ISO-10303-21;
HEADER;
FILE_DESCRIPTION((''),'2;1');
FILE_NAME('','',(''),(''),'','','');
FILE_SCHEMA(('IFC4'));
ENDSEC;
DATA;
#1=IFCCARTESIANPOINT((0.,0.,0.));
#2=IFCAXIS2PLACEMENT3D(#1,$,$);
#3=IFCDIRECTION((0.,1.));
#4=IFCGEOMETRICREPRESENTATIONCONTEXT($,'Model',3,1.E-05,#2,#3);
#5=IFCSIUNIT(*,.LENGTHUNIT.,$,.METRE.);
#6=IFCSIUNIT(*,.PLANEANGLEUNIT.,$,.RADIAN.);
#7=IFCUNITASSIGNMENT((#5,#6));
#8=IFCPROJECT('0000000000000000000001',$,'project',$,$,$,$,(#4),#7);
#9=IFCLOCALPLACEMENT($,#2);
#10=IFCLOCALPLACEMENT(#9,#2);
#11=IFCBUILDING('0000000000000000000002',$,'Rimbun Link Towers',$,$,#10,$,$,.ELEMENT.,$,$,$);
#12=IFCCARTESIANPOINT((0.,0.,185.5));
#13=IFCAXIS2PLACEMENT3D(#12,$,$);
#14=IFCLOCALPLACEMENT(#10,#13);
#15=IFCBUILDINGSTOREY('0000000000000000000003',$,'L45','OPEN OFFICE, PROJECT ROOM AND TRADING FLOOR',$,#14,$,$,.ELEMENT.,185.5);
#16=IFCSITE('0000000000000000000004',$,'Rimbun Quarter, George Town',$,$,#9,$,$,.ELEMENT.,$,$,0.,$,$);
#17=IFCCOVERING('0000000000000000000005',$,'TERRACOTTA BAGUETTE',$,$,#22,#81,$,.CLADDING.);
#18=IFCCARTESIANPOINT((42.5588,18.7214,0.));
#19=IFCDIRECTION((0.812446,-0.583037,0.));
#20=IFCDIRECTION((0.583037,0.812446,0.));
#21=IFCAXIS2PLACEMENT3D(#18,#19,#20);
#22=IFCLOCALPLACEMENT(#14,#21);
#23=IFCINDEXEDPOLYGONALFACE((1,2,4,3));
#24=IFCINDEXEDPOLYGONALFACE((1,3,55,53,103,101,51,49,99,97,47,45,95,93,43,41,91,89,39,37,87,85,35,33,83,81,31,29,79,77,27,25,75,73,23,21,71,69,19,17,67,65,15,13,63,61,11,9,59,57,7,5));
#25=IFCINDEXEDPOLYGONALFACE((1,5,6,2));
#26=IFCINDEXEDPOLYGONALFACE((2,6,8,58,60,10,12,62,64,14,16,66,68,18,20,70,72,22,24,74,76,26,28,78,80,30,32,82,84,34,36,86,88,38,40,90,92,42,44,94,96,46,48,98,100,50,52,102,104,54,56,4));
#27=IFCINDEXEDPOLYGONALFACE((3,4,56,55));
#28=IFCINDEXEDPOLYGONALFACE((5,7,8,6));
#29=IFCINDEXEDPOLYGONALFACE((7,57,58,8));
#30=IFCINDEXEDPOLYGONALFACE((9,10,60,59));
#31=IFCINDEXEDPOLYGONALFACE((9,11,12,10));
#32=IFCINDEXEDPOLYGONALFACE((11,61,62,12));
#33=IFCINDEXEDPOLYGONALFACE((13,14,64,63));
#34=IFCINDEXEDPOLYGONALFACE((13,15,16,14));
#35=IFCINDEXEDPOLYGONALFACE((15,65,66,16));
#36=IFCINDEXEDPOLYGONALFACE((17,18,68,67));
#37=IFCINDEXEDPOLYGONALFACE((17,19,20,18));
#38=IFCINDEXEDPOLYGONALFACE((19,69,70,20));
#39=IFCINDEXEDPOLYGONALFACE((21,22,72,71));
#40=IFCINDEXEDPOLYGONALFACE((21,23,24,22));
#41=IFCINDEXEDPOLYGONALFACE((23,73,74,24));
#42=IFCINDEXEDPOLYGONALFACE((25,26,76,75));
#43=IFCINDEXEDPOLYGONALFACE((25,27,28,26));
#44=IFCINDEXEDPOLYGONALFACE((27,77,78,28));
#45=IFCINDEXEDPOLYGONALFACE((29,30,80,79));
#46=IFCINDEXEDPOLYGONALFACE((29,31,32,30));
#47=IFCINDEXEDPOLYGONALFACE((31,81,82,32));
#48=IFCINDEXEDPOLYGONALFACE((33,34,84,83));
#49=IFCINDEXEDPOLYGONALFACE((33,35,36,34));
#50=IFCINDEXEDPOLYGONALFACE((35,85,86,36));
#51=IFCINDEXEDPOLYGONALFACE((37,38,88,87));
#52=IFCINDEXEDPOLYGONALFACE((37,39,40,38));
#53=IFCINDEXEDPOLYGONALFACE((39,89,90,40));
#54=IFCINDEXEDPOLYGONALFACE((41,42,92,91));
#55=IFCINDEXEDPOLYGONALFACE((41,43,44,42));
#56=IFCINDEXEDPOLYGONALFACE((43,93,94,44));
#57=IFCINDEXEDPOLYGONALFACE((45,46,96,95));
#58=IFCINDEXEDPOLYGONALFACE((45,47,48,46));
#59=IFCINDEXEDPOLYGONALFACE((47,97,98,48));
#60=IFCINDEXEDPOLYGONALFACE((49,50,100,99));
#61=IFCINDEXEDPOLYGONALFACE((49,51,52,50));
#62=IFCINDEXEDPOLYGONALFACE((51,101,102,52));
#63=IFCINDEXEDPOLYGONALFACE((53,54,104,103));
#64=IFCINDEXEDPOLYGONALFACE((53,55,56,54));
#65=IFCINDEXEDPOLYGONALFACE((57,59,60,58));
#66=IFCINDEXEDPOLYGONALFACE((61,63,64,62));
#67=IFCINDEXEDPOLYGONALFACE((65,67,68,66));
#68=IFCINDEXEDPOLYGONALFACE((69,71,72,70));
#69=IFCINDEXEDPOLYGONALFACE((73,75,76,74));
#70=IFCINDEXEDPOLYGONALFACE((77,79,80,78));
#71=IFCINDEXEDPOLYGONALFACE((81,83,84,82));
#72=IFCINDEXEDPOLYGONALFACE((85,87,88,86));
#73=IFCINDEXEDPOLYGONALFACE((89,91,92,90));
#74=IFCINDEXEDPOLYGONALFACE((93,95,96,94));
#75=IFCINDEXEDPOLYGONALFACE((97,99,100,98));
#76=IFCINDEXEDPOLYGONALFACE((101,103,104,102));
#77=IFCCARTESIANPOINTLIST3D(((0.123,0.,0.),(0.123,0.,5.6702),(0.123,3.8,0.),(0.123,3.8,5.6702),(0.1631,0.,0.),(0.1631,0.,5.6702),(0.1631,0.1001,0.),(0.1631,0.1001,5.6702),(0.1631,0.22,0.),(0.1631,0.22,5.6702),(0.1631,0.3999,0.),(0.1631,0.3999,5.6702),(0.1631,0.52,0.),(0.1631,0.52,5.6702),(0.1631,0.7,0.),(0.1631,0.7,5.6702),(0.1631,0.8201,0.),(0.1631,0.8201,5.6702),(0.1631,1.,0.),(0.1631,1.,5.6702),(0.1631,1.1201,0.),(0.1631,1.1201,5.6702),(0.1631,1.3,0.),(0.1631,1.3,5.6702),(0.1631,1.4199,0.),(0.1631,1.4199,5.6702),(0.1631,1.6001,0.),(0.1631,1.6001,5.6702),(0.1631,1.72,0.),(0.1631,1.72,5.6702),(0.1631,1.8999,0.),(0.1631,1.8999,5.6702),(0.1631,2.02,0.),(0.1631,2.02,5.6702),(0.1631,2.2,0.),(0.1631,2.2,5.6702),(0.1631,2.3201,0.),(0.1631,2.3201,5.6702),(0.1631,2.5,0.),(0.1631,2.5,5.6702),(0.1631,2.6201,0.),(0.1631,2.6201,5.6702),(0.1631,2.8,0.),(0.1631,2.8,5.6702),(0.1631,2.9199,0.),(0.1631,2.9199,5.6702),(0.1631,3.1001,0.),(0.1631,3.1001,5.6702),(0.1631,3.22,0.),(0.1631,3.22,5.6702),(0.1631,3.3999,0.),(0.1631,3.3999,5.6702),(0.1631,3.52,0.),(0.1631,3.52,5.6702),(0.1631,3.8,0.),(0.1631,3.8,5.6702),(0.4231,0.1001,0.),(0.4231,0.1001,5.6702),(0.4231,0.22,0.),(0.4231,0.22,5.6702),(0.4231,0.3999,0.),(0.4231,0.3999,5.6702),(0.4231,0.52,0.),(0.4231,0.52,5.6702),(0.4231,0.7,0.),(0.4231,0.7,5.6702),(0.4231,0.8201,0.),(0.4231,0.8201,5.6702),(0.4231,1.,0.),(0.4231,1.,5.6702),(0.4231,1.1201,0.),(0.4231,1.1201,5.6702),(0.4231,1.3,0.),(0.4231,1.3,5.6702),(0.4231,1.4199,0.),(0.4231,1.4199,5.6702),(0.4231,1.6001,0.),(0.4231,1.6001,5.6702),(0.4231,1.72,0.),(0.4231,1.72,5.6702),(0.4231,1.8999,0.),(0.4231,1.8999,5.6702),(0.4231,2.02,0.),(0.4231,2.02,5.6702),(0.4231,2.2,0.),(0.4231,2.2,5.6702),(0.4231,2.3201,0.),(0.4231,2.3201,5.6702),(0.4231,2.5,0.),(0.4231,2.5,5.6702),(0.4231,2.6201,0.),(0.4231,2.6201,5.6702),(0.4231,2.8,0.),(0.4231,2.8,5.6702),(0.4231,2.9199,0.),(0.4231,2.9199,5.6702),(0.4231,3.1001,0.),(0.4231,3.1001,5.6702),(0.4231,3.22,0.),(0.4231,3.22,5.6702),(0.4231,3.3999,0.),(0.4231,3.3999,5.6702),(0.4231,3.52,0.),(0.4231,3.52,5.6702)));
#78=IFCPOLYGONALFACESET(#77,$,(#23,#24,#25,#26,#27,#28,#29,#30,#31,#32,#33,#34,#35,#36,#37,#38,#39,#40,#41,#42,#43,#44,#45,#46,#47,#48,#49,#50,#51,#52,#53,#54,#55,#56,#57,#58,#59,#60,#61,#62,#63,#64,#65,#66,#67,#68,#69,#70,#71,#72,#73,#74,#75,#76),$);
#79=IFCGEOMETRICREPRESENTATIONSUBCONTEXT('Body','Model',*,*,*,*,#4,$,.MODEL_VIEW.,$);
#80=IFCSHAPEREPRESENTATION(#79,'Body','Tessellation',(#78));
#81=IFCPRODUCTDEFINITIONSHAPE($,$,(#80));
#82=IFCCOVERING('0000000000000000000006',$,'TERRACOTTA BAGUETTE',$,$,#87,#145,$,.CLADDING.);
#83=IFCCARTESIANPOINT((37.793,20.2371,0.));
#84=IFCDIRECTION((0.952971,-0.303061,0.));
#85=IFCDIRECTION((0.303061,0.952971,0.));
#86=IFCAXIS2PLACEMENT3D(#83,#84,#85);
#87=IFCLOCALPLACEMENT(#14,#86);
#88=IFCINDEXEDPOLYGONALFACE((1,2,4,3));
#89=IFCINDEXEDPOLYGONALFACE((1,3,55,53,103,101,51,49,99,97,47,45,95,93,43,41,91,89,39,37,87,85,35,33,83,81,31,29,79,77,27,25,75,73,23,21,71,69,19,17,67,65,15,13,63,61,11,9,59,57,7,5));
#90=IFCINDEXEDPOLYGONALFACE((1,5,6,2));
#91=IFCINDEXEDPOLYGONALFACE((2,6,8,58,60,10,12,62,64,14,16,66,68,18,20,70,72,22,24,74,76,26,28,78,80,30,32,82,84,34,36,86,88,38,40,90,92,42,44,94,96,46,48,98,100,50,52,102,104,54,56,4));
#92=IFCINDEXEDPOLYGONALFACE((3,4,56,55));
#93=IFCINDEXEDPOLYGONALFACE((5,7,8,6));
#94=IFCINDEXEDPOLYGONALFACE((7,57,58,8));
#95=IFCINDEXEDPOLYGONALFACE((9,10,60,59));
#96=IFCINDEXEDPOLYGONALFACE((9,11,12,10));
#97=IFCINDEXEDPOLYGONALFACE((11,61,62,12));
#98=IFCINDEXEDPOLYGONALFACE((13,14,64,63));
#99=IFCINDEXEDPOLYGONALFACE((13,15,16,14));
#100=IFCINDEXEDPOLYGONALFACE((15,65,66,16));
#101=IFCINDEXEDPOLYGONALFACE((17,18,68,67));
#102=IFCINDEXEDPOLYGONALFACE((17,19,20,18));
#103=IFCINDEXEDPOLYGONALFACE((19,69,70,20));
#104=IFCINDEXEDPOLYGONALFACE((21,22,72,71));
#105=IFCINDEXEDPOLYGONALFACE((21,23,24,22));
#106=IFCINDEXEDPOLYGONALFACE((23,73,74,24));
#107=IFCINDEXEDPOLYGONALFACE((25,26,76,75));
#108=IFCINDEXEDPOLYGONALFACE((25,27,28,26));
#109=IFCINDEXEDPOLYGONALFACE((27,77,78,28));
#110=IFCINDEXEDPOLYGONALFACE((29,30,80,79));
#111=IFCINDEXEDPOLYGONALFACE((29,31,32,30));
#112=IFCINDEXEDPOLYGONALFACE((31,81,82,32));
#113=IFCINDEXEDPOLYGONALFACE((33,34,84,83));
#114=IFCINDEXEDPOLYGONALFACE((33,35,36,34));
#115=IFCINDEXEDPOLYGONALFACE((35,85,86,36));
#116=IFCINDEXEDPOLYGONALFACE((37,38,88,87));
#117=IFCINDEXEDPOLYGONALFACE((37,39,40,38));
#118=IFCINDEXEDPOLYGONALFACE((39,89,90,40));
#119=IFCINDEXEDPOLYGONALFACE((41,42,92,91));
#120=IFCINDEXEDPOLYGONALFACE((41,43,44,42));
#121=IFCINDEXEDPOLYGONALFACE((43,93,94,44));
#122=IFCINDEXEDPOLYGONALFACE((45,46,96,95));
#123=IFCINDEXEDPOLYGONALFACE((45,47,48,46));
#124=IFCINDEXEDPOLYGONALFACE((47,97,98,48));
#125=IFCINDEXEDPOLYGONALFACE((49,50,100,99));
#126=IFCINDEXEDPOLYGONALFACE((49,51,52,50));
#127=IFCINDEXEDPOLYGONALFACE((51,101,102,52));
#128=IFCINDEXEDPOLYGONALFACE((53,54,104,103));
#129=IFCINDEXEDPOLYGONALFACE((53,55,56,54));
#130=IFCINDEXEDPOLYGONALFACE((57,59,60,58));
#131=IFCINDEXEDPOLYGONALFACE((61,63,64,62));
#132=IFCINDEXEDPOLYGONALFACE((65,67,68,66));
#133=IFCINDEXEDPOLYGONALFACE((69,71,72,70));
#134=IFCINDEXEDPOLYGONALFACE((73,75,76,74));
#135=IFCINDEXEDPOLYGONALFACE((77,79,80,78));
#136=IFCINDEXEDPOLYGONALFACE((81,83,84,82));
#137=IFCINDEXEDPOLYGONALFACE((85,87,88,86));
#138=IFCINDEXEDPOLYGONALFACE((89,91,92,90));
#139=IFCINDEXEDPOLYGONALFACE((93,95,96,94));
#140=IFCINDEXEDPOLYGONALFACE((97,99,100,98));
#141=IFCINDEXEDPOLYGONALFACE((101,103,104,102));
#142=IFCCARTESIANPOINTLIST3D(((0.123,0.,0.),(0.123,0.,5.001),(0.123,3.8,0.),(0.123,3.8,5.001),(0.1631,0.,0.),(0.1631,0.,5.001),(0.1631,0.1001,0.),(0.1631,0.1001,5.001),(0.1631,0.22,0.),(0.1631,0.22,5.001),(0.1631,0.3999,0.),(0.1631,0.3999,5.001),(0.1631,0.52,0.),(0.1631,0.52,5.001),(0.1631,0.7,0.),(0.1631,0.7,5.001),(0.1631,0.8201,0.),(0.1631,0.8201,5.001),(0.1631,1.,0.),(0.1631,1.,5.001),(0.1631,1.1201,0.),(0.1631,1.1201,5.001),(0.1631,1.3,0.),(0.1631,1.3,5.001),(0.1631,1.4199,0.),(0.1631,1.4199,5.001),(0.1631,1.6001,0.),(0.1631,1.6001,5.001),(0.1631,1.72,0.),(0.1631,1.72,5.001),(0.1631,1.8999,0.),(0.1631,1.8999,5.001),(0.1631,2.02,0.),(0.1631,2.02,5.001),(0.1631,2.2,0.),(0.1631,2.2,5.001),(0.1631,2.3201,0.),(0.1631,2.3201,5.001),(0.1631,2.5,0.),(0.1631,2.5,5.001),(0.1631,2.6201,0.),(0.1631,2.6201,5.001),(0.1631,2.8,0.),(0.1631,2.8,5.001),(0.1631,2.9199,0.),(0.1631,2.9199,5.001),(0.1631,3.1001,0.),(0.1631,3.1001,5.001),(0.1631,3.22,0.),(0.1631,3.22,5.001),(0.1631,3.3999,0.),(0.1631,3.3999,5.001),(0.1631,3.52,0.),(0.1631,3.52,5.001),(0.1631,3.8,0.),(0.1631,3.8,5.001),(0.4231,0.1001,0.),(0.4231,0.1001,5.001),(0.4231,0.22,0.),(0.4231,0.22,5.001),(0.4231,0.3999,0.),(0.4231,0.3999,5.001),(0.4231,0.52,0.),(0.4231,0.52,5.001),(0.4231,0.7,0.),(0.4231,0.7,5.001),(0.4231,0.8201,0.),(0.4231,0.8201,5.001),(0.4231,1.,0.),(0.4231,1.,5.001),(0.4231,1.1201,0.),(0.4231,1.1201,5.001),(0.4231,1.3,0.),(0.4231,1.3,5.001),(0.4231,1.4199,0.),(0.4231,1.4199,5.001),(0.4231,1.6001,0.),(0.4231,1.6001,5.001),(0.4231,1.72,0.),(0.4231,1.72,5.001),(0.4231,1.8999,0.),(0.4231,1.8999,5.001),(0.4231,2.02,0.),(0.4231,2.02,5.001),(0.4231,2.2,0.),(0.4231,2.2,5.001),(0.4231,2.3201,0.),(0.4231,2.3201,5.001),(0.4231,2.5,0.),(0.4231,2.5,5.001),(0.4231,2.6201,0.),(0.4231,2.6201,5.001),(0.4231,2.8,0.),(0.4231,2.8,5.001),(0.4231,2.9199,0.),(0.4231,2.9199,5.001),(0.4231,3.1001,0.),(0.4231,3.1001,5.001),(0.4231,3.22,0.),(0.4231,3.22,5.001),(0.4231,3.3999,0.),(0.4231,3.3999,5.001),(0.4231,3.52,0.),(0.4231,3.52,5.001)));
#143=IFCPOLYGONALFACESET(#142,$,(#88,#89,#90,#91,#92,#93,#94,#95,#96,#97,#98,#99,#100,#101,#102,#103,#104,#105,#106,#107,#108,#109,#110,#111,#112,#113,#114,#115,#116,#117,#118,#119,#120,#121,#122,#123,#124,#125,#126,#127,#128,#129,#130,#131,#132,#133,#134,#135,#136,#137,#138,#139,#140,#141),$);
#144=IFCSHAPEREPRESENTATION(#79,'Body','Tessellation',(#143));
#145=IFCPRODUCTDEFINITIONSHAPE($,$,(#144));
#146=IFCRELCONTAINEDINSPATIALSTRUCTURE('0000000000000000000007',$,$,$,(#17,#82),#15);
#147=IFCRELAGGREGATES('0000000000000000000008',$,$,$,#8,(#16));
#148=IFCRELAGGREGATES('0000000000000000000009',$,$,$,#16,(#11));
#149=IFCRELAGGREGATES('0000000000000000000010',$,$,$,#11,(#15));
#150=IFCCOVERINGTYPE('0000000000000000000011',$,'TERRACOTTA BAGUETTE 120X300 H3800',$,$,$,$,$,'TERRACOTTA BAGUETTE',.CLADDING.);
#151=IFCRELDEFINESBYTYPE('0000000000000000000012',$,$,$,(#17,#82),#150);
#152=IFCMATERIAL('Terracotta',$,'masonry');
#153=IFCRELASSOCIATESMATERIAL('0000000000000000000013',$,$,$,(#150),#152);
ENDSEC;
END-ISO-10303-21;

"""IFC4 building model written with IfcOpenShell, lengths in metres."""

from ifc_helpers import new_model, si_unit, direction, frame, origin, place, context, subcontext, project, spatial, polyline, outline, extrude, material, material_profile, profile_set, type_object, element, save


model = new_model("IFC4")

# Units and contexts
model_context = context("Model", 3, precision=1e-05, world=origin(), true_north=direction((0.0, 1.0)))
body_context = subcontext(model_context, "Body", "Model", "MODEL_VIEW")
ifc_project = project(units=[si_unit("LENGTHUNIT", "METRE"), si_unit("PLANEANGLEUNIT", "RADIAN")], contexts=[model_context])

# Site, building, storey
site_placement = place(None, origin())
site = spatial("IfcSite", under=ifc_project, at=site_placement, Name="Rimbun Quarter, George Town", CompositionType="ELEMENT", RefElevation=0.0)
building_placement = place(site_placement, origin())
building = spatial("IfcBuilding", under=site, at=building_placement, Name="Rimbun Link Towers", CompositionType="ELEMENT")
storey_placement = place(building_placement, frame((0.0, 0.0, 185.5)))
storey = spatial("IfcBuildingStorey", under=building, at=storey_placement, Name="L45", Description="OPEN OFFICE, PROJECT ROOM AND TRADING FLOOR", CompositionType="ELEMENT", Elevation=185.5)

# Coverings
ifc_material_1 = material(Name="Terracotta", Category="masonry")
ifc_material_profile_1 = material_profile(ifc_material_1, outline(polyline([(0.123, 0.0), (0.1631, 0.0), (0.1631, 0.1001), (0.4231, 0.1001), (0.4231, 0.22), (0.1631, 0.22), (0.1631, 0.3999), (0.4231, 0.3999), (0.4231, 0.52), (0.1631, 0.52), (0.1631, 0.7), (0.4231, 0.7), (0.4231, 0.8201), (0.1631, 0.8201), (0.1631, 1.0), (0.4231, 1.0), (0.4231, 1.1201), (0.1631, 1.1201), (0.1631, 1.3), (0.4231, 1.3), (0.4231, 1.4199), (0.1631, 1.4199), (0.1631, 1.6001), (0.4231, 1.6001), (0.4231, 1.72), (0.1631, 1.72), (0.1631, 1.8999), (0.4231, 1.8999), (0.4231, 2.02), (0.1631, 2.02), (0.1631, 2.2), (0.4231, 2.2), (0.4231, 2.3201), (0.1631, 2.3201), (0.1631, 2.5), (0.4231, 2.5), (0.4231, 2.6201), (0.1631, 2.6201), (0.1631, 2.8), (0.4231, 2.8), (0.4231, 2.9199), (0.1631, 2.9199), (0.1631, 3.1001), (0.4231, 3.1001), (0.4231, 3.22), (0.1631, 3.22), (0.1631, 3.3999), (0.4231, 3.3999), (0.4231, 3.52), (0.1631, 3.52), (0.1631, 3.8), (0.123, 3.8), (0.123, 0.0)])), Name="BAGUETTE 120X300")
ifc_profile_set_1 = profile_set([ifc_material_profile_1], Name="Terracotta")
covering_type = type_object("IfcCoveringType", Name="TERRACOTTA BAGUETTE 120X300 H3800", ElementType="TERRACOTTA BAGUETTE", PredefinedType="CLADDING", material=ifc_profile_set_1)
covering_1_placement = place(storey_placement, frame((42.5588, 18.7214, 0.0), z_axis=(0.812446, -0.583037, 0.0), x_axis=(0.583037, 0.812446, 0.0)))
element("IfcCovering", 1, at=covering_1_placement, inside=storey, type_object=covering_type, Name="TERRACOTTA BAGUETTE", PredefinedType="CLADDING", context=body_context, shape_type="SweptSolid", body=[
    extrude(outline(polyline([(0.123, 0.0), (0.1631, 0.0), (0.1631, 0.1001), (0.4231, 0.1001), (0.4231, 0.22), (0.1631, 0.22), (0.1631, 0.3999), (0.4231, 0.3999), (0.4231, 0.52), (0.1631, 0.52), (0.1631, 0.7), (0.4231, 0.7), (0.4231, 0.8201), (0.1631, 0.8201), (0.1631, 1.0), (0.4231, 1.0), (0.4231, 1.1201), (0.1631, 1.1201), (0.1631, 1.3), (0.4231, 1.3), (0.4231, 1.4199), (0.1631, 1.4199), (0.1631, 1.6001), (0.4231, 1.6001), (0.4231, 1.72), (0.1631, 1.72), (0.1631, 1.8999), (0.4231, 1.8999), (0.4231, 2.02), (0.1631, 2.02), (0.1631, 2.2), (0.4231, 2.2), (0.4231, 2.3201), (0.1631, 2.3201), (0.1631, 2.5), (0.4231, 2.5), (0.4231, 2.6201), (0.1631, 2.6201), (0.1631, 2.8), (0.4231, 2.8), (0.4231, 2.9199), (0.1631, 2.9199), (0.1631, 3.1001), (0.4231, 3.1001), (0.4231, 3.22), (0.1631, 3.22), (0.1631, 3.3999), (0.4231, 3.3999), (0.4231, 3.52), (0.1631, 3.52), (0.1631, 3.8), (0.123, 3.8), (0.123, 0.0)])), origin(), (0.0, 0.0, 1.0), 5.6702),
])
covering_2_placement = place(storey_placement, frame((37.793, 20.2371, 0.0), z_axis=(0.952971, -0.303061, 0.0), x_axis=(0.303061, 0.952971, 0.0)))
element("IfcCovering", 2, at=covering_2_placement, inside=storey, type_object=covering_type, Name="TERRACOTTA BAGUETTE", PredefinedType="CLADDING", context=body_context, shape_type="SweptSolid", body=[
    extrude(outline(polyline([(0.123, 0.0), (0.1631, 0.0), (0.1631, 0.1001), (0.4231, 0.1001), (0.4231, 0.22), (0.1631, 0.22), (0.1631, 0.3999), (0.4231, 0.3999), (0.4231, 0.52), (0.1631, 0.52), (0.1631, 0.7), (0.4231, 0.7), (0.4231, 0.8201), (0.1631, 0.8201), (0.1631, 1.0), (0.4231, 1.0), (0.4231, 1.1201), (0.1631, 1.1201), (0.1631, 1.3), (0.4231, 1.3), (0.4231, 1.4199), (0.1631, 1.4199), (0.1631, 1.6001), (0.4231, 1.6001), (0.4231, 1.72), (0.1631, 1.72), (0.1631, 1.8999), (0.4231, 1.8999), (0.4231, 2.02), (0.1631, 2.02), (0.1631, 2.2), (0.4231, 2.2), (0.4231, 2.3201), (0.1631, 2.3201), (0.1631, 2.5), (0.4231, 2.5), (0.4231, 2.6201), (0.1631, 2.6201), (0.1631, 2.8), (0.4231, 2.8), (0.4231, 2.9199), (0.1631, 2.9199), (0.1631, 3.1001), (0.4231, 3.1001), (0.4231, 3.22), (0.1631, 3.22), (0.1631, 3.3999), (0.4231, 3.3999), (0.4231, 3.52), (0.1631, 3.52), (0.1631, 3.8), (0.123, 3.8), (0.123, 0.0)])), origin(), (0.0, 0.0, 1.0), 5.001),
])

save(model, "model.ifc")
